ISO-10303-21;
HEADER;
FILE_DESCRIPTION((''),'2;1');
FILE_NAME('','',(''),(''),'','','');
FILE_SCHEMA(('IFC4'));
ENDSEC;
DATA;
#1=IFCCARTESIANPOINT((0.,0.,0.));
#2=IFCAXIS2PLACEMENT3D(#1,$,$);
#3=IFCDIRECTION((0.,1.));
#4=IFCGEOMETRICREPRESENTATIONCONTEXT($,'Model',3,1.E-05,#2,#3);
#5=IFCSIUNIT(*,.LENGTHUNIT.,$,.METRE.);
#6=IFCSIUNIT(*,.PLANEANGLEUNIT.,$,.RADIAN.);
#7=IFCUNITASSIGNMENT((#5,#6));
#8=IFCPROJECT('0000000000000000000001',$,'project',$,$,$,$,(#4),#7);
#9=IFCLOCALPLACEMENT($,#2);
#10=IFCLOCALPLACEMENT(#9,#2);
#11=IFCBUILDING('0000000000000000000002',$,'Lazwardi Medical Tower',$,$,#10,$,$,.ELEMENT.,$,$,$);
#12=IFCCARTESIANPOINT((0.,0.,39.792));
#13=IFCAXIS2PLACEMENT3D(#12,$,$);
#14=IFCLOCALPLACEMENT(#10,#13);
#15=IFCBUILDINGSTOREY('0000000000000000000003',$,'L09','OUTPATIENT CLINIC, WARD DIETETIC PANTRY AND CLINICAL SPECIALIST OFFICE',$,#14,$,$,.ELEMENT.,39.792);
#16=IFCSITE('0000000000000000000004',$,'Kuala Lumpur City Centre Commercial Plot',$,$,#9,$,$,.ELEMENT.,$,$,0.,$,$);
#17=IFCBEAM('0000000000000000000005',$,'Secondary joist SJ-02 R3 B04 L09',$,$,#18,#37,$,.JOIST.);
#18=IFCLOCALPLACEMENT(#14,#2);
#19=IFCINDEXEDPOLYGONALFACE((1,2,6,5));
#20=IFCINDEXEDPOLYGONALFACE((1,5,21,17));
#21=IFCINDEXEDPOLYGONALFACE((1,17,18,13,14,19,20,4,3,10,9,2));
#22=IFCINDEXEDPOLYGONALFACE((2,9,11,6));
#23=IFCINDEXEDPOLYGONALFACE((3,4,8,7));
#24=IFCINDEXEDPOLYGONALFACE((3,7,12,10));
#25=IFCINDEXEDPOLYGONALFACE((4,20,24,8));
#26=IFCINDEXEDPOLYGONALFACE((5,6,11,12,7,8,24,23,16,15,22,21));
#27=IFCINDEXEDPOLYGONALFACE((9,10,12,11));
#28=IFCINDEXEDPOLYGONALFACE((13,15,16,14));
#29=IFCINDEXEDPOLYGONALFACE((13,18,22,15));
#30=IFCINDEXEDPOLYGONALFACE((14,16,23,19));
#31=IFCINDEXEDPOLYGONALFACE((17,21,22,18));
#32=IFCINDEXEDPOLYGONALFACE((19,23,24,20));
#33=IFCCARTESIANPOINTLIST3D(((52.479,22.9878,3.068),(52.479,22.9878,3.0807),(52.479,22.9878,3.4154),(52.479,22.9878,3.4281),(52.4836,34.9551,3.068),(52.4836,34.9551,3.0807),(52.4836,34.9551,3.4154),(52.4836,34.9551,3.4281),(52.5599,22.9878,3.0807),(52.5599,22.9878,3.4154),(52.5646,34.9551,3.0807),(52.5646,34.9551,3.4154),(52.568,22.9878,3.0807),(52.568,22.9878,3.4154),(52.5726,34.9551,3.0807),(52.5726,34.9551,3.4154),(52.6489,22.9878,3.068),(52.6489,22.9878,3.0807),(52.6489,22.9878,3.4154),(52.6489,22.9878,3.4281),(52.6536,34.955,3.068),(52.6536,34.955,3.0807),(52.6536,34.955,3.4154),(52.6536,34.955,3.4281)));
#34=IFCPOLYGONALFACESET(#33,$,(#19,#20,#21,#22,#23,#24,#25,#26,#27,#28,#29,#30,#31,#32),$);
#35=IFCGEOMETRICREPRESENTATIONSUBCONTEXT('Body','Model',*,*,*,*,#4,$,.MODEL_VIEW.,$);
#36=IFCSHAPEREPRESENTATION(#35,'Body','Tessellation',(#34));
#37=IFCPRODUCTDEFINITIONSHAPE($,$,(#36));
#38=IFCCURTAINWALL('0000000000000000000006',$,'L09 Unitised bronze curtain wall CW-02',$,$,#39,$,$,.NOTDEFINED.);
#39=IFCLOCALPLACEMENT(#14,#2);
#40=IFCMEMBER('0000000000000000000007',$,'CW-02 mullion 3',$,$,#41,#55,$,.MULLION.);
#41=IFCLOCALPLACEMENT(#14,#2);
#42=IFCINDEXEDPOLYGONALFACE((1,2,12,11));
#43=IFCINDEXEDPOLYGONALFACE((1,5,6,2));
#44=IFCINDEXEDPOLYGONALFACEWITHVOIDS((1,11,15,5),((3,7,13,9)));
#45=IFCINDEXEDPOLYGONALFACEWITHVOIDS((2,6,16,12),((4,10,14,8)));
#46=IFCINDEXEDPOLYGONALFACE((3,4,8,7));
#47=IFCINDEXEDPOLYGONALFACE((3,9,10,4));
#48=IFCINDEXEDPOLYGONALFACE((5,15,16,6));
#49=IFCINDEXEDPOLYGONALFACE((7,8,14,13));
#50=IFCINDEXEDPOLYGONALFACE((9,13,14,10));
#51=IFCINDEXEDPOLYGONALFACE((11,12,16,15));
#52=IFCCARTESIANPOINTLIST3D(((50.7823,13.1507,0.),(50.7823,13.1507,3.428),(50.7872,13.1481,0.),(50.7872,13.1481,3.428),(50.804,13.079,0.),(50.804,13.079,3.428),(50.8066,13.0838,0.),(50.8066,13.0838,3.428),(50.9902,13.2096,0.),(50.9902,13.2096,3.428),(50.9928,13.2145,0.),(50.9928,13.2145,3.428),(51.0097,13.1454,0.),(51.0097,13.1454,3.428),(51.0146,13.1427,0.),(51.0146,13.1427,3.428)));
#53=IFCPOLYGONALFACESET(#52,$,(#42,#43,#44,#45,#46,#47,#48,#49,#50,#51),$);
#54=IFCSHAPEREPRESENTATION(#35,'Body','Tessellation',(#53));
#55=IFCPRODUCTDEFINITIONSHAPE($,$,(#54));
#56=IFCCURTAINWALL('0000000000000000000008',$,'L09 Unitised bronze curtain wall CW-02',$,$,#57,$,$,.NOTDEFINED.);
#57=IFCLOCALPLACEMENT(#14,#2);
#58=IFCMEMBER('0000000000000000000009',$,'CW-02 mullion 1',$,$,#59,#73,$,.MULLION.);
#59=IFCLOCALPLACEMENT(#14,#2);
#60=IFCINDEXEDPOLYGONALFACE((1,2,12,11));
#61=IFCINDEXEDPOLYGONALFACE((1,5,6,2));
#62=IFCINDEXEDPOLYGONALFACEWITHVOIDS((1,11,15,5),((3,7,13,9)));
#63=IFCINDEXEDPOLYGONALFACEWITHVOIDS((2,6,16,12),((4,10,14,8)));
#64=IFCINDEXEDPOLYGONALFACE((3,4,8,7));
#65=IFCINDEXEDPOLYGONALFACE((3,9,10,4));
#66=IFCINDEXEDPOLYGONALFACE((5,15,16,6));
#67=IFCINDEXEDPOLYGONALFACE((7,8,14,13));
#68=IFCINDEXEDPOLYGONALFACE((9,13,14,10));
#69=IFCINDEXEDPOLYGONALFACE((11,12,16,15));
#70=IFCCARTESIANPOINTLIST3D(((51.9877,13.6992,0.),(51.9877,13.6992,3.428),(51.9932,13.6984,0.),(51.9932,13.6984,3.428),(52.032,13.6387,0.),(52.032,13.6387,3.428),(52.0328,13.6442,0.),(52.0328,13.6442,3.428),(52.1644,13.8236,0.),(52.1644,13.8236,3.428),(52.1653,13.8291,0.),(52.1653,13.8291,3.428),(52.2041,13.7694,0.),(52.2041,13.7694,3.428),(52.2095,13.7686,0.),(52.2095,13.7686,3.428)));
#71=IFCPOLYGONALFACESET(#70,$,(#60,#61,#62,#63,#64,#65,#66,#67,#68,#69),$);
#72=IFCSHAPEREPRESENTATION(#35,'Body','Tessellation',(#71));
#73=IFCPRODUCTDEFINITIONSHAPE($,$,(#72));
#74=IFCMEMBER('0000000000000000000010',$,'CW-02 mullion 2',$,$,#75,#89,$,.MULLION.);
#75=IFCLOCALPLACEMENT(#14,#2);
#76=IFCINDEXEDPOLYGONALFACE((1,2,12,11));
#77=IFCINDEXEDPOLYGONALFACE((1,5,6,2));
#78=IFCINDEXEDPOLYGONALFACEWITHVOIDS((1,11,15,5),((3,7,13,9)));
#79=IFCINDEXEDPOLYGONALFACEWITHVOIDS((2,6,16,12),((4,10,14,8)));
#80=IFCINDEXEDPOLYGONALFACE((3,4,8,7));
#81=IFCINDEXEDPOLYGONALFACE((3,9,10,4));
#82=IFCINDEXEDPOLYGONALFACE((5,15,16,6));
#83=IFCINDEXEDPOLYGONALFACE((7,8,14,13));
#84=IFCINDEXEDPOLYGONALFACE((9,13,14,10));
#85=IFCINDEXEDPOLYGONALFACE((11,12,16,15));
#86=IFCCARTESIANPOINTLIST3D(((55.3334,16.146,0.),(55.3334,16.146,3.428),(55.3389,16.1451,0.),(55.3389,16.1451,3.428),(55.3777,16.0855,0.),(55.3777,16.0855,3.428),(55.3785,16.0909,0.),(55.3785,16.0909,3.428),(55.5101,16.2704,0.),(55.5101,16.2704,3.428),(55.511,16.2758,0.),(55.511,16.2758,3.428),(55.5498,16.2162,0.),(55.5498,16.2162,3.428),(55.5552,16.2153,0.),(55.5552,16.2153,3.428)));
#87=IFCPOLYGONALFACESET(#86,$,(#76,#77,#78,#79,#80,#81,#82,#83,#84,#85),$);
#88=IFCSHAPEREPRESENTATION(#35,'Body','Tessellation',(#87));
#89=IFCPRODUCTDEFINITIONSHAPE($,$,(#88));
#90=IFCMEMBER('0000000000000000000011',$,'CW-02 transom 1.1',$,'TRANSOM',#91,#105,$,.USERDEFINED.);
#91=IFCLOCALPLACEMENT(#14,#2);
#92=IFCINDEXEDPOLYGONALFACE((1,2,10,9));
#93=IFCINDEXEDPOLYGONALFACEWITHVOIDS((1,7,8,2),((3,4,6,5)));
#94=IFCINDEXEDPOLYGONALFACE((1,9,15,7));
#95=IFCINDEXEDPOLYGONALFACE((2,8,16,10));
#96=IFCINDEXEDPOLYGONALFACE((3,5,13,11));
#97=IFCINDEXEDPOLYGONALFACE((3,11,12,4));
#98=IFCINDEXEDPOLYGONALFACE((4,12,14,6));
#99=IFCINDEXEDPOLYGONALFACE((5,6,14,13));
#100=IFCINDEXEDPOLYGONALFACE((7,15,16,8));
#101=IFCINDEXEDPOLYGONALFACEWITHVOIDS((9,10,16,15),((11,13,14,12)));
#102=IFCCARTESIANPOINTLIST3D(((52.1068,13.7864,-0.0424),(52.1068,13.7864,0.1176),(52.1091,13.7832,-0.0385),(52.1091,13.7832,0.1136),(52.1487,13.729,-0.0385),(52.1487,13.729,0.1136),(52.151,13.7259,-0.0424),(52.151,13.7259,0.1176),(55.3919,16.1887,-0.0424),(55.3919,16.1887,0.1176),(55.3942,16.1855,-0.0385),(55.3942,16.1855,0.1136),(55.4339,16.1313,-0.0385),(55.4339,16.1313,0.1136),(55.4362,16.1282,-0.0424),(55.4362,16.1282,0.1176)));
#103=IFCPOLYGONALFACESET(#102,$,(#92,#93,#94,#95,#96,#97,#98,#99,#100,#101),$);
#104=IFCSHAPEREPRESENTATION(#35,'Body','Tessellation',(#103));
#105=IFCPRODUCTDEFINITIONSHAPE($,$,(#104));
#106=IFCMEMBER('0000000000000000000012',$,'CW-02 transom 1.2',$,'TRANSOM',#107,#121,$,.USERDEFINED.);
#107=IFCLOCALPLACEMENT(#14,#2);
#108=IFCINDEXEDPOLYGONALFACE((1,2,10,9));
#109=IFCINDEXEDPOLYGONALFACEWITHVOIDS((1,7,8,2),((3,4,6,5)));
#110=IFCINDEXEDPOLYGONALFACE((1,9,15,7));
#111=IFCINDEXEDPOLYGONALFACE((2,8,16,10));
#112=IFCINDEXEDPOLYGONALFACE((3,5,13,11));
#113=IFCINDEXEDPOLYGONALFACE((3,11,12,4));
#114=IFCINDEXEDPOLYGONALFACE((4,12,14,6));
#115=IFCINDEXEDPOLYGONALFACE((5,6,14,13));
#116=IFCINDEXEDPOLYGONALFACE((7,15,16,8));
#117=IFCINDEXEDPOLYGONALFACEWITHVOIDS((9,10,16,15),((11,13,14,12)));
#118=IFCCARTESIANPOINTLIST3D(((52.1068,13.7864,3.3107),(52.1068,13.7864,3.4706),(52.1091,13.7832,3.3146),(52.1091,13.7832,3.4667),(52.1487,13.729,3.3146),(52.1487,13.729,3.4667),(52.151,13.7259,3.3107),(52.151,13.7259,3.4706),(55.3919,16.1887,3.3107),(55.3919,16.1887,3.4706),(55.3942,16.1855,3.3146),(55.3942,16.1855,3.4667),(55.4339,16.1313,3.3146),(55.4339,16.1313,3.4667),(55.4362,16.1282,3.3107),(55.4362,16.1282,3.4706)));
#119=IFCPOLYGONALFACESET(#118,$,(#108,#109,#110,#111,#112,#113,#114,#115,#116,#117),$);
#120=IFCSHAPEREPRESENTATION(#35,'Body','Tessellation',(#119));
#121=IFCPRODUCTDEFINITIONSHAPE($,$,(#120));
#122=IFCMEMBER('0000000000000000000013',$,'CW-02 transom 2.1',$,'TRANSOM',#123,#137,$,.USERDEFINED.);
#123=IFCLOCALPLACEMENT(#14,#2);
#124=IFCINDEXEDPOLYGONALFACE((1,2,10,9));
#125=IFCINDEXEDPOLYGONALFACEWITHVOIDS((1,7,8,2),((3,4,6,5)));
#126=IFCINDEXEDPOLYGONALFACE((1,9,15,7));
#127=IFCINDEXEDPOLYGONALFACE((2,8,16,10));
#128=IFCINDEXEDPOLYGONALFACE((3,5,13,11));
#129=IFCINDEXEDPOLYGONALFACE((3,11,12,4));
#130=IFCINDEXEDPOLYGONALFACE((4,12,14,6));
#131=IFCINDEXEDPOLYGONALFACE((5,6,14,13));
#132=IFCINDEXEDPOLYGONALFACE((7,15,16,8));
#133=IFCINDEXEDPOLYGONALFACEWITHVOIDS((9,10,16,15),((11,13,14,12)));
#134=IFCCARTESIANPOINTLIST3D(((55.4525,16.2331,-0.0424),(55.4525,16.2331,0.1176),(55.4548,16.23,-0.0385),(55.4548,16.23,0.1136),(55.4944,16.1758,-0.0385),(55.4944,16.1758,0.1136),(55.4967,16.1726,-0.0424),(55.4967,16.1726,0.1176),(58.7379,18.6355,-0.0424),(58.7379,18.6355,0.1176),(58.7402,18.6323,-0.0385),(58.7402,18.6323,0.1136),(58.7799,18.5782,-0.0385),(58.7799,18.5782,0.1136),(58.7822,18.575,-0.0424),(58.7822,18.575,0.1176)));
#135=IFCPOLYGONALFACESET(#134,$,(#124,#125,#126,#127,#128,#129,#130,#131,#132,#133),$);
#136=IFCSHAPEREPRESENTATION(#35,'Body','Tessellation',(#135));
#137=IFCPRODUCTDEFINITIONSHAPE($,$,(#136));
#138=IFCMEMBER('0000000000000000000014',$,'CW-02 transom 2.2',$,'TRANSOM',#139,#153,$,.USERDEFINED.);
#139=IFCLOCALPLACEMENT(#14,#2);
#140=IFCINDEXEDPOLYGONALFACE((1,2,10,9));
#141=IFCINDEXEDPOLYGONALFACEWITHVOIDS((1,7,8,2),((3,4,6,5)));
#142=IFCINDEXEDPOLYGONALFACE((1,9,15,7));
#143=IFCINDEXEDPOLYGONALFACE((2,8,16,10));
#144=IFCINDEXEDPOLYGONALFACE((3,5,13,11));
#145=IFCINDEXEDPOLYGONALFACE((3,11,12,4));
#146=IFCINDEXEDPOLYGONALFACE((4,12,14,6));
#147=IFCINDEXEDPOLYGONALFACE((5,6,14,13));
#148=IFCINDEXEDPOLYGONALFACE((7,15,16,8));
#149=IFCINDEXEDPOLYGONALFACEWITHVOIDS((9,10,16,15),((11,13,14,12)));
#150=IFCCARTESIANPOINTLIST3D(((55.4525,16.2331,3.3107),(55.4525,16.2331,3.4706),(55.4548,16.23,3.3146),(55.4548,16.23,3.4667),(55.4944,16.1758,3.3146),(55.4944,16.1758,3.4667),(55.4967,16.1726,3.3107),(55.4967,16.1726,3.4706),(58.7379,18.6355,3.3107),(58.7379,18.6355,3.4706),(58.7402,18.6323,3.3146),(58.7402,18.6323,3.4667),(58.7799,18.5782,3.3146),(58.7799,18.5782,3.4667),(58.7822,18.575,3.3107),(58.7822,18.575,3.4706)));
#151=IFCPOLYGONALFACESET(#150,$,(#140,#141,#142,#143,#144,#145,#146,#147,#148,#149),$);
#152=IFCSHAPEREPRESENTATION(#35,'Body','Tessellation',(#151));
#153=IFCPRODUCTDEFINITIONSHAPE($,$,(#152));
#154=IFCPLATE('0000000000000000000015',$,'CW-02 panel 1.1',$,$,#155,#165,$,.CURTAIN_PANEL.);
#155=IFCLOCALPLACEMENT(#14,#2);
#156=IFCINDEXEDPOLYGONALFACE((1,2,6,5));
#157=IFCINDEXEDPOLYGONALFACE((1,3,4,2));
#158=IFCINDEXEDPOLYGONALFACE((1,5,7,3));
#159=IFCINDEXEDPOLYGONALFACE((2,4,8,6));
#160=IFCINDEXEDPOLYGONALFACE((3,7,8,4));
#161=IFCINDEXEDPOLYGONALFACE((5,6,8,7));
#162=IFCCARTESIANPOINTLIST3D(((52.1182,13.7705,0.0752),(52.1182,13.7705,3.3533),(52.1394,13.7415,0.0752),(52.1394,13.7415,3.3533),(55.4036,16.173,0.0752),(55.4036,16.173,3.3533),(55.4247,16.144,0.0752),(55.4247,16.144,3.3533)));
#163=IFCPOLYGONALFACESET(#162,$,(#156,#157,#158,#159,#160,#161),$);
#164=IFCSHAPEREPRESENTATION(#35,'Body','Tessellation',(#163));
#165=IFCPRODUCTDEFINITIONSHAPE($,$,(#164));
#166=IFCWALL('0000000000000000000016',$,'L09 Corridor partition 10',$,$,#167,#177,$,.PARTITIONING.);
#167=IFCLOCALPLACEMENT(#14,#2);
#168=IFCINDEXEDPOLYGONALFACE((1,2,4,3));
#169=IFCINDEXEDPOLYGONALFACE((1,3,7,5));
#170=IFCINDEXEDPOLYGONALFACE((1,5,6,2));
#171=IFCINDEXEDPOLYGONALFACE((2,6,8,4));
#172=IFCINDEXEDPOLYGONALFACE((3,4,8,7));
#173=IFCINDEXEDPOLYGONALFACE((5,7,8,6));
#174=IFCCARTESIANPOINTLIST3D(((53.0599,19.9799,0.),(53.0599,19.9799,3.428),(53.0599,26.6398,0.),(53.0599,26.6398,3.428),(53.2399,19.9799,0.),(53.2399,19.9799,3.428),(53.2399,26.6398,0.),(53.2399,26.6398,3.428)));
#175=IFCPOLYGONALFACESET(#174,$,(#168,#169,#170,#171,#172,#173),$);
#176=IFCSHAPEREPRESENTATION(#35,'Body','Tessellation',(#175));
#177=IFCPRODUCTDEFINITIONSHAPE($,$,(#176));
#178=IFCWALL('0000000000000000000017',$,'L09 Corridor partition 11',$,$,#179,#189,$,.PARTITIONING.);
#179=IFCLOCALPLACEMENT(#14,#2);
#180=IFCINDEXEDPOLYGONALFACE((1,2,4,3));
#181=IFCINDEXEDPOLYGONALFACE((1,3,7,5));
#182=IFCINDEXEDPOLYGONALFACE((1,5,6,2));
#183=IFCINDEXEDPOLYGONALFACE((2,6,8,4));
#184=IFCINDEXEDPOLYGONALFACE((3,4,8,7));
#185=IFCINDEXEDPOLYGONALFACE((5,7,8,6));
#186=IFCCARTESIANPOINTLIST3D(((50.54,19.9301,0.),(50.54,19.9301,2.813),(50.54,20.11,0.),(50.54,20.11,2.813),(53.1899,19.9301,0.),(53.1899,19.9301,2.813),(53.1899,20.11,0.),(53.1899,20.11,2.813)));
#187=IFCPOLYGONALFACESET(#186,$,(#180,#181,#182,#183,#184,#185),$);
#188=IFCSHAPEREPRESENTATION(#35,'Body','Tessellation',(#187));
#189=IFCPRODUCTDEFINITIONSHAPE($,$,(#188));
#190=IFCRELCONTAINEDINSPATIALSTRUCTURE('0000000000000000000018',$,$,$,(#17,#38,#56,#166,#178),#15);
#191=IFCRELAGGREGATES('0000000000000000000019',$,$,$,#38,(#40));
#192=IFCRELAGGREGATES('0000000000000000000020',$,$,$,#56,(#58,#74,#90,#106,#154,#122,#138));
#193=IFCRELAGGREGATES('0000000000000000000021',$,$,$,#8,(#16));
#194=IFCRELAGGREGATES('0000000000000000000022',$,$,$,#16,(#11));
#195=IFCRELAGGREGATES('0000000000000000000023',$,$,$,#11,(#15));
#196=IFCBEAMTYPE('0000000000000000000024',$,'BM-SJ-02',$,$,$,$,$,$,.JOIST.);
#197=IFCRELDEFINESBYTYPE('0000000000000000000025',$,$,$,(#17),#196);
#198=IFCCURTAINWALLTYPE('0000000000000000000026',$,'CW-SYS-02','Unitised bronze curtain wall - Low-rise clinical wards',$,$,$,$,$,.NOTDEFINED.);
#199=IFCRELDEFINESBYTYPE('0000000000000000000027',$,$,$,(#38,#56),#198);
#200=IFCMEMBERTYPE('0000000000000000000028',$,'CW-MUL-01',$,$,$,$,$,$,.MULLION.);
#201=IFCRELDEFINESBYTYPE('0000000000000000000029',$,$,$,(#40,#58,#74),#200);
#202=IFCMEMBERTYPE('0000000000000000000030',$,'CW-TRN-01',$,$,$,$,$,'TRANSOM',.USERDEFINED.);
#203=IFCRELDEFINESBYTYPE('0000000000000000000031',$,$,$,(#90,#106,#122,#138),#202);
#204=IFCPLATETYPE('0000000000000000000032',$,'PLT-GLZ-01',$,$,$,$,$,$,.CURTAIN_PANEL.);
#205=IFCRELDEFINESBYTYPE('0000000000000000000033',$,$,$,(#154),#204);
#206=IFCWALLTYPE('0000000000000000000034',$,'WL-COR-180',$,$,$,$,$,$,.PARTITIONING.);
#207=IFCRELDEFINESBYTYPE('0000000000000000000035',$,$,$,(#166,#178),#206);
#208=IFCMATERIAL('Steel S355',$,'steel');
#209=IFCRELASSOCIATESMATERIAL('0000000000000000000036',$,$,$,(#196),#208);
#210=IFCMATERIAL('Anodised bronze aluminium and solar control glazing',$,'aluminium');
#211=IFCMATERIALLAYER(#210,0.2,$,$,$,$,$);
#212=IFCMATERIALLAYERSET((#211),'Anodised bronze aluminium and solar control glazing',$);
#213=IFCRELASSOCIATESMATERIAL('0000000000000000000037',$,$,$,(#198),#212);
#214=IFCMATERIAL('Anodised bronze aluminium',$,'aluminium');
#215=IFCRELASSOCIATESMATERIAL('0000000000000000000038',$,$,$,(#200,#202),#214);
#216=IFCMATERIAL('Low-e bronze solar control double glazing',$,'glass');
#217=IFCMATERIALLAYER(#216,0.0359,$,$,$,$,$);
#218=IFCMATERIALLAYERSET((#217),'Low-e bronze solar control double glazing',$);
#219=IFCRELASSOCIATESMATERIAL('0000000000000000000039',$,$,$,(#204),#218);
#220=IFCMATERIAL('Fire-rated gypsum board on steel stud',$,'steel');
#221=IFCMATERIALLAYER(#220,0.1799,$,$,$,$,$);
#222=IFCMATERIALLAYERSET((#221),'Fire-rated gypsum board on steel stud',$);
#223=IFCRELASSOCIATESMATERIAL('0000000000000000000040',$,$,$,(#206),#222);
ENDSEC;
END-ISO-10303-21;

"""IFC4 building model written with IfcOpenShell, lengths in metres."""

from ifc_helpers import new_model, si_unit, direction, frame, frame_2d, origin, origin_2d, place, context, subcontext, project, spatial, rectangle, hollow_rectangle, i_section, extrude, material, layer, layer_set, material_profile, profile_set, type_object, element, aggregate, save


model = new_model("IFC4")

# Units and contexts
model_context = context("Model", 3, precision=1e-05, world=origin(), true_north=direction((0.0, 1.0)))
body_context = subcontext(model_context, "Body", "Model", "MODEL_VIEW")
ifc_project = project(units=[si_unit("LENGTHUNIT", "METRE"), si_unit("PLANEANGLEUNIT", "RADIAN")], contexts=[model_context])

# Site, building, storey
site_placement = place(None, origin())
site = spatial("IfcSite", under=ifc_project, at=site_placement, Name="Kuala Lumpur City Centre Commercial Plot", CompositionType="ELEMENT", RefElevation=0.0)
building_placement = place(site_placement, origin())
building = spatial("IfcBuilding", under=site, at=building_placement, Name="Lazwardi Medical Tower", CompositionType="ELEMENT")
storey_placement = place(building_placement, frame((0.0, 0.0, 39.792)))
storey = spatial("IfcBuildingStorey", under=building, at=storey_placement, Name="L09", Description="OUTPATIENT CLINIC, WARD DIETETIC PANTRY AND CLINICAL SPECIALIST OFFICE", CompositionType="ELEMENT", Elevation=39.792)

# Beam
ifc_material_1 = material(Name="Steel S355", Category="steel")
ifc_material_profile_1 = material_profile(ifc_material_1, i_section(OverallWidth=0.1699, OverallDepth=0.3601, WebThickness=0.0081, FlangeThickness=0.0127, at=origin_2d()), Name="IPE 360")
ifc_profile_set_1 = profile_set([ifc_material_profile_1], Name="Steel S355")
beam_type_1 = type_object("IfcBeamType", Name="BM-SJ-02", PredefinedType="JOIST", material=ifc_profile_set_1)
beam_1_placement = place(storey_placement, frame((52.564, 22.9878, 3.248), z_axis=(0.000388, 1.0, 0.0), x_axis=(-1.0, 0.000388, 0.0)))
element("IfcBeam", 1, at=beam_1_placement, inside=storey, type_object=beam_type_1, Name="Secondary joist SJ-02 R3 B04 L09", PredefinedType="JOIST", context=body_context, shape_type="SweptSolid", body=[
    extrude(i_section(OverallWidth=0.1699, OverallDepth=0.3601, WebThickness=0.0081, FlangeThickness=0.0127, at=origin_2d()), origin(), (0.0, 0.0, 1.0), 11.9673),
])

# Curtain wall, member
ifc_material_2 = material(Name="Anodised bronze aluminium and solar control glazing", Category="aluminium")
ifc_layer_1 = layer(ifc_material_2, 0.2)
ifc_layer_set_1 = layer_set([ifc_layer_1], Name="Anodised bronze aluminium and solar control glazing")
curtain_wall_type = type_object("IfcCurtainWallType", Name="CW-SYS-02", Description="Unitised bronze curtain wall - Low-rise clinical wards", PredefinedType="NOTDEFINED", material=ifc_layer_set_1)
curtain_wall_1_placement = place(storey_placement, origin())
curtain_wall_1 = element("IfcCurtainWall", 2, at=curtain_wall_1_placement, inside=storey, type_object=curtain_wall_type, Name="L09 Unitised bronze curtain wall CW-02", PredefinedType="NOTDEFINED")
ifc_material_3 = material(Name="Anodised bronze aluminium", Category="aluminium")
ifc_material_profile_2 = material_profile(ifc_material_3, hollow_rectangle(XDim=0.075, YDim=0.22, WallThickness=0.0039, at=origin_2d()), Name="ALU-MULLION 220x75x4")
ifc_profile_set_2 = profile_set([ifc_material_profile_2], Name="Anodised bronze aluminium")
member_type_1 = type_object("IfcMemberType", Name="CW-MUL-01", PredefinedType="MULLION", material=ifc_profile_set_2)
member_1_placement = place(storey_placement, frame((50.8984, 13.1467, 0.0), z_axis=(0.0, 0.0, 1.0), x_axis=(-0.289896, 0.957058, 0.0)))
member_1 = element("IfcMember", 3, at=member_1_placement, type_object=member_type_1, Name="CW-02 mullion 3", PredefinedType="MULLION", context=body_context, shape_type="SweptSolid", body=[
    extrude(hollow_rectangle(XDim=0.075, YDim=0.22, WallThickness=0.0039, at=origin_2d()), origin(), (0.0, 0.0, 1.0), 3.428),
])
aggregate(curtain_wall_1, [member_1])

# Curtain wall, members, plate
curtain_wall_2_placement = place(storey_placement, origin())
curtain_wall_2 = element("IfcCurtainWall", 4, at=curtain_wall_2_placement, inside=storey, type_object=curtain_wall_type, Name="L09 Unitised bronze curtain wall CW-02", PredefinedType="NOTDEFINED")
member_2_placement = place(storey_placement, frame((52.0986, 13.7339, 0.0), z_axis=(0.0, 0.0, 1.0), x_axis=(-0.590289, 0.807192, 0.0)))
member_2 = element("IfcMember", 5, at=member_2_placement, type_object=member_type_1, Name="CW-02 mullion 1", PredefinedType="MULLION", context=body_context, shape_type="SweptSolid", body=[
    extrude(hollow_rectangle(XDim=0.075, YDim=0.22, WallThickness=0.0039, at=origin_2d()), origin(), (0.0, 0.0, 1.0), 3.428),
])
member_3_placement = place(storey_placement, frame((55.4443, 16.1807, 0.0), z_axis=(0.0, 0.0, 1.0), x_axis=(-0.590289, 0.807192, 0.0)))
member_3 = element("IfcMember", 6, at=member_3_placement, type_object=member_type_1, Name="CW-02 mullion 2", PredefinedType="MULLION", context=body_context, shape_type="SweptSolid", body=[
    extrude(hollow_rectangle(XDim=0.075, YDim=0.22, WallThickness=0.0039, at=origin_2d()), origin(), (0.0, 0.0, 1.0), 3.428),
])
ifc_material_profile_3 = material_profile(ifc_material_3, hollow_rectangle(XDim=0.075, YDim=0.1599, WallThickness=0.0039, at=origin_2d()), Name="ALU-TRANSOM 160x75x4")
ifc_profile_set_3 = profile_set([ifc_material_profile_3], Name="Anodised bronze aluminium")
member_type_2 = type_object("IfcMemberType", Name="CW-TRN-01", ElementType="TRANSOM", PredefinedType="USERDEFINED", material=ifc_profile_set_3)
member_4_placement = place(storey_placement, frame((52.1289, 13.7561, 0.0376), z_axis=(0.807198, 0.590281, 0.0), x_axis=(-0.590281, 0.807198, 0.0)))
member_4 = element("IfcMember", 7, at=member_4_placement, type_object=member_type_2, Name="CW-02 transom 1.1", ObjectType="TRANSOM", PredefinedType="USERDEFINED", context=body_context, shape_type="SweptSolid", body=[
    extrude(hollow_rectangle(XDim=0.075, YDim=0.1599, WallThickness=0.0039, at=origin_2d()), origin(), (0.0, 0.0, 1.0), 4.0698),
])
member_5_placement = place(storey_placement, frame((52.1289, 13.7561, 3.3906), z_axis=(0.807198, 0.590281, 0.0), x_axis=(-0.590281, 0.807198, 0.0)))
member_5 = element("IfcMember", 8, at=member_5_placement, type_object=member_type_2, Name="CW-02 transom 1.2", ObjectType="TRANSOM", PredefinedType="USERDEFINED", context=body_context, shape_type="SweptSolid", body=[
    extrude(hollow_rectangle(XDim=0.075, YDim=0.1599, WallThickness=0.0039, at=origin_2d()), origin(), (0.0, 0.0, 1.0), 4.0698),
])
member_6_placement = place(storey_placement, frame((55.4746, 16.2029, 0.0376), z_axis=(0.807219, 0.590253, 0.0), x_axis=(-0.590253, 0.807219, 0.0)))
member_6 = element("IfcMember", 9, at=member_6_placement, type_object=member_type_2, Name="CW-02 transom 2.1", ObjectType="TRANSOM", PredefinedType="USERDEFINED", context=body_context, shape_type="SweptSolid", body=[
    extrude(hollow_rectangle(XDim=0.075, YDim=0.1599, WallThickness=0.0039, at=origin_2d()), origin(), (0.0, 0.0, 1.0), 4.0701),
])
member_7_placement = place(storey_placement, frame((55.4746, 16.2029, 3.3906), z_axis=(0.807219, 0.590253, 0.0), x_axis=(-0.590253, 0.807219, 0.0)))
member_7 = element("IfcMember", 10, at=member_7_placement, type_object=member_type_2, Name="CW-02 transom 2.2", ObjectType="TRANSOM", PredefinedType="USERDEFINED", context=body_context, shape_type="SweptSolid", body=[
    extrude(hollow_rectangle(XDim=0.075, YDim=0.1599, WallThickness=0.0039, at=origin_2d()), origin(), (0.0, 0.0, 1.0), 4.0701),
])
ifc_material_4 = material(Name="Low-e bronze solar control double glazing", Category="glass")
ifc_layer_2 = layer(ifc_material_4, 0.0359)
ifc_layer_set_2 = layer_set([ifc_layer_2], Name="Low-e bronze solar control double glazing")
plate_type = type_object("IfcPlateType", Name="PLT-GLZ-01", PredefinedType="CURTAIN_PANEL", material=ifc_layer_set_2)
plate_placement = place(storey_placement, frame((53.7715, 14.9573, 0.0752), z_axis=(0.0, 0.0, 1.0), x_axis=(0.807192, 0.590289, 0.0)))
plate = element("IfcPlate", 11, at=plate_placement, type_object=plate_type, Name="CW-02 panel 1.1", PredefinedType="CURTAIN_PANEL", context=body_context, shape_type="SweptSolid", body=[
    extrude(rectangle(XDim=4.0701, YDim=0.0359, at=origin_2d()), origin(), (0.0, 0.0, 1.0), 3.2781),
])
aggregate(curtain_wall_2, [member_2, member_3, member_4, member_5, plate, member_6, member_7])

# Walls
ifc_material_5 = material(Name="Fire-rated gypsum board on steel stud", Category="steel")
ifc_layer_3 = layer(ifc_material_5, 0.1799)
ifc_layer_set_3 = layer_set([ifc_layer_3], Name="Fire-rated gypsum board on steel stud")
wall_type_1 = type_object("IfcWallType", Name="WL-COR-180", PredefinedType="PARTITIONING", material=ifc_layer_set_3)
wall_1_placement = place(storey_placement, frame((53.1499, 26.6399, 0.0), z_axis=(0.0, 0.0, 1.0), x_axis=(0.0, -1.0, 0.0)))
element("IfcWall", 12, at=wall_1_placement, inside=storey, type_object=wall_type_1, Name="L09 Corridor partition 10", PredefinedType="PARTITIONING", context=body_context, shape_type="SweptSolid", body=[
    extrude(rectangle(XDim=6.6599, YDim=0.1799, at=frame_2d((3.3301, 0.0))), origin(), (0.0, 0.0, 1.0), 3.428),
])
wall_2_placement = place(storey_placement, frame((53.1899, 20.02, 0.0), z_axis=(0.0, 0.0, 1.0), x_axis=(-1.0, 0.0, 0.0)))
element("IfcWall", 13, at=wall_2_placement, inside=storey, type_object=wall_type_1, Name="L09 Corridor partition 11", PredefinedType="PARTITIONING", context=body_context, shape_type="SweptSolid", body=[
    extrude(rectangle(XDim=2.6499, YDim=0.1799, at=frame_2d((1.325, 0.0))), origin(), (0.0, 0.0, 1.0), 2.813),
])

save(model, "model.ifc")
